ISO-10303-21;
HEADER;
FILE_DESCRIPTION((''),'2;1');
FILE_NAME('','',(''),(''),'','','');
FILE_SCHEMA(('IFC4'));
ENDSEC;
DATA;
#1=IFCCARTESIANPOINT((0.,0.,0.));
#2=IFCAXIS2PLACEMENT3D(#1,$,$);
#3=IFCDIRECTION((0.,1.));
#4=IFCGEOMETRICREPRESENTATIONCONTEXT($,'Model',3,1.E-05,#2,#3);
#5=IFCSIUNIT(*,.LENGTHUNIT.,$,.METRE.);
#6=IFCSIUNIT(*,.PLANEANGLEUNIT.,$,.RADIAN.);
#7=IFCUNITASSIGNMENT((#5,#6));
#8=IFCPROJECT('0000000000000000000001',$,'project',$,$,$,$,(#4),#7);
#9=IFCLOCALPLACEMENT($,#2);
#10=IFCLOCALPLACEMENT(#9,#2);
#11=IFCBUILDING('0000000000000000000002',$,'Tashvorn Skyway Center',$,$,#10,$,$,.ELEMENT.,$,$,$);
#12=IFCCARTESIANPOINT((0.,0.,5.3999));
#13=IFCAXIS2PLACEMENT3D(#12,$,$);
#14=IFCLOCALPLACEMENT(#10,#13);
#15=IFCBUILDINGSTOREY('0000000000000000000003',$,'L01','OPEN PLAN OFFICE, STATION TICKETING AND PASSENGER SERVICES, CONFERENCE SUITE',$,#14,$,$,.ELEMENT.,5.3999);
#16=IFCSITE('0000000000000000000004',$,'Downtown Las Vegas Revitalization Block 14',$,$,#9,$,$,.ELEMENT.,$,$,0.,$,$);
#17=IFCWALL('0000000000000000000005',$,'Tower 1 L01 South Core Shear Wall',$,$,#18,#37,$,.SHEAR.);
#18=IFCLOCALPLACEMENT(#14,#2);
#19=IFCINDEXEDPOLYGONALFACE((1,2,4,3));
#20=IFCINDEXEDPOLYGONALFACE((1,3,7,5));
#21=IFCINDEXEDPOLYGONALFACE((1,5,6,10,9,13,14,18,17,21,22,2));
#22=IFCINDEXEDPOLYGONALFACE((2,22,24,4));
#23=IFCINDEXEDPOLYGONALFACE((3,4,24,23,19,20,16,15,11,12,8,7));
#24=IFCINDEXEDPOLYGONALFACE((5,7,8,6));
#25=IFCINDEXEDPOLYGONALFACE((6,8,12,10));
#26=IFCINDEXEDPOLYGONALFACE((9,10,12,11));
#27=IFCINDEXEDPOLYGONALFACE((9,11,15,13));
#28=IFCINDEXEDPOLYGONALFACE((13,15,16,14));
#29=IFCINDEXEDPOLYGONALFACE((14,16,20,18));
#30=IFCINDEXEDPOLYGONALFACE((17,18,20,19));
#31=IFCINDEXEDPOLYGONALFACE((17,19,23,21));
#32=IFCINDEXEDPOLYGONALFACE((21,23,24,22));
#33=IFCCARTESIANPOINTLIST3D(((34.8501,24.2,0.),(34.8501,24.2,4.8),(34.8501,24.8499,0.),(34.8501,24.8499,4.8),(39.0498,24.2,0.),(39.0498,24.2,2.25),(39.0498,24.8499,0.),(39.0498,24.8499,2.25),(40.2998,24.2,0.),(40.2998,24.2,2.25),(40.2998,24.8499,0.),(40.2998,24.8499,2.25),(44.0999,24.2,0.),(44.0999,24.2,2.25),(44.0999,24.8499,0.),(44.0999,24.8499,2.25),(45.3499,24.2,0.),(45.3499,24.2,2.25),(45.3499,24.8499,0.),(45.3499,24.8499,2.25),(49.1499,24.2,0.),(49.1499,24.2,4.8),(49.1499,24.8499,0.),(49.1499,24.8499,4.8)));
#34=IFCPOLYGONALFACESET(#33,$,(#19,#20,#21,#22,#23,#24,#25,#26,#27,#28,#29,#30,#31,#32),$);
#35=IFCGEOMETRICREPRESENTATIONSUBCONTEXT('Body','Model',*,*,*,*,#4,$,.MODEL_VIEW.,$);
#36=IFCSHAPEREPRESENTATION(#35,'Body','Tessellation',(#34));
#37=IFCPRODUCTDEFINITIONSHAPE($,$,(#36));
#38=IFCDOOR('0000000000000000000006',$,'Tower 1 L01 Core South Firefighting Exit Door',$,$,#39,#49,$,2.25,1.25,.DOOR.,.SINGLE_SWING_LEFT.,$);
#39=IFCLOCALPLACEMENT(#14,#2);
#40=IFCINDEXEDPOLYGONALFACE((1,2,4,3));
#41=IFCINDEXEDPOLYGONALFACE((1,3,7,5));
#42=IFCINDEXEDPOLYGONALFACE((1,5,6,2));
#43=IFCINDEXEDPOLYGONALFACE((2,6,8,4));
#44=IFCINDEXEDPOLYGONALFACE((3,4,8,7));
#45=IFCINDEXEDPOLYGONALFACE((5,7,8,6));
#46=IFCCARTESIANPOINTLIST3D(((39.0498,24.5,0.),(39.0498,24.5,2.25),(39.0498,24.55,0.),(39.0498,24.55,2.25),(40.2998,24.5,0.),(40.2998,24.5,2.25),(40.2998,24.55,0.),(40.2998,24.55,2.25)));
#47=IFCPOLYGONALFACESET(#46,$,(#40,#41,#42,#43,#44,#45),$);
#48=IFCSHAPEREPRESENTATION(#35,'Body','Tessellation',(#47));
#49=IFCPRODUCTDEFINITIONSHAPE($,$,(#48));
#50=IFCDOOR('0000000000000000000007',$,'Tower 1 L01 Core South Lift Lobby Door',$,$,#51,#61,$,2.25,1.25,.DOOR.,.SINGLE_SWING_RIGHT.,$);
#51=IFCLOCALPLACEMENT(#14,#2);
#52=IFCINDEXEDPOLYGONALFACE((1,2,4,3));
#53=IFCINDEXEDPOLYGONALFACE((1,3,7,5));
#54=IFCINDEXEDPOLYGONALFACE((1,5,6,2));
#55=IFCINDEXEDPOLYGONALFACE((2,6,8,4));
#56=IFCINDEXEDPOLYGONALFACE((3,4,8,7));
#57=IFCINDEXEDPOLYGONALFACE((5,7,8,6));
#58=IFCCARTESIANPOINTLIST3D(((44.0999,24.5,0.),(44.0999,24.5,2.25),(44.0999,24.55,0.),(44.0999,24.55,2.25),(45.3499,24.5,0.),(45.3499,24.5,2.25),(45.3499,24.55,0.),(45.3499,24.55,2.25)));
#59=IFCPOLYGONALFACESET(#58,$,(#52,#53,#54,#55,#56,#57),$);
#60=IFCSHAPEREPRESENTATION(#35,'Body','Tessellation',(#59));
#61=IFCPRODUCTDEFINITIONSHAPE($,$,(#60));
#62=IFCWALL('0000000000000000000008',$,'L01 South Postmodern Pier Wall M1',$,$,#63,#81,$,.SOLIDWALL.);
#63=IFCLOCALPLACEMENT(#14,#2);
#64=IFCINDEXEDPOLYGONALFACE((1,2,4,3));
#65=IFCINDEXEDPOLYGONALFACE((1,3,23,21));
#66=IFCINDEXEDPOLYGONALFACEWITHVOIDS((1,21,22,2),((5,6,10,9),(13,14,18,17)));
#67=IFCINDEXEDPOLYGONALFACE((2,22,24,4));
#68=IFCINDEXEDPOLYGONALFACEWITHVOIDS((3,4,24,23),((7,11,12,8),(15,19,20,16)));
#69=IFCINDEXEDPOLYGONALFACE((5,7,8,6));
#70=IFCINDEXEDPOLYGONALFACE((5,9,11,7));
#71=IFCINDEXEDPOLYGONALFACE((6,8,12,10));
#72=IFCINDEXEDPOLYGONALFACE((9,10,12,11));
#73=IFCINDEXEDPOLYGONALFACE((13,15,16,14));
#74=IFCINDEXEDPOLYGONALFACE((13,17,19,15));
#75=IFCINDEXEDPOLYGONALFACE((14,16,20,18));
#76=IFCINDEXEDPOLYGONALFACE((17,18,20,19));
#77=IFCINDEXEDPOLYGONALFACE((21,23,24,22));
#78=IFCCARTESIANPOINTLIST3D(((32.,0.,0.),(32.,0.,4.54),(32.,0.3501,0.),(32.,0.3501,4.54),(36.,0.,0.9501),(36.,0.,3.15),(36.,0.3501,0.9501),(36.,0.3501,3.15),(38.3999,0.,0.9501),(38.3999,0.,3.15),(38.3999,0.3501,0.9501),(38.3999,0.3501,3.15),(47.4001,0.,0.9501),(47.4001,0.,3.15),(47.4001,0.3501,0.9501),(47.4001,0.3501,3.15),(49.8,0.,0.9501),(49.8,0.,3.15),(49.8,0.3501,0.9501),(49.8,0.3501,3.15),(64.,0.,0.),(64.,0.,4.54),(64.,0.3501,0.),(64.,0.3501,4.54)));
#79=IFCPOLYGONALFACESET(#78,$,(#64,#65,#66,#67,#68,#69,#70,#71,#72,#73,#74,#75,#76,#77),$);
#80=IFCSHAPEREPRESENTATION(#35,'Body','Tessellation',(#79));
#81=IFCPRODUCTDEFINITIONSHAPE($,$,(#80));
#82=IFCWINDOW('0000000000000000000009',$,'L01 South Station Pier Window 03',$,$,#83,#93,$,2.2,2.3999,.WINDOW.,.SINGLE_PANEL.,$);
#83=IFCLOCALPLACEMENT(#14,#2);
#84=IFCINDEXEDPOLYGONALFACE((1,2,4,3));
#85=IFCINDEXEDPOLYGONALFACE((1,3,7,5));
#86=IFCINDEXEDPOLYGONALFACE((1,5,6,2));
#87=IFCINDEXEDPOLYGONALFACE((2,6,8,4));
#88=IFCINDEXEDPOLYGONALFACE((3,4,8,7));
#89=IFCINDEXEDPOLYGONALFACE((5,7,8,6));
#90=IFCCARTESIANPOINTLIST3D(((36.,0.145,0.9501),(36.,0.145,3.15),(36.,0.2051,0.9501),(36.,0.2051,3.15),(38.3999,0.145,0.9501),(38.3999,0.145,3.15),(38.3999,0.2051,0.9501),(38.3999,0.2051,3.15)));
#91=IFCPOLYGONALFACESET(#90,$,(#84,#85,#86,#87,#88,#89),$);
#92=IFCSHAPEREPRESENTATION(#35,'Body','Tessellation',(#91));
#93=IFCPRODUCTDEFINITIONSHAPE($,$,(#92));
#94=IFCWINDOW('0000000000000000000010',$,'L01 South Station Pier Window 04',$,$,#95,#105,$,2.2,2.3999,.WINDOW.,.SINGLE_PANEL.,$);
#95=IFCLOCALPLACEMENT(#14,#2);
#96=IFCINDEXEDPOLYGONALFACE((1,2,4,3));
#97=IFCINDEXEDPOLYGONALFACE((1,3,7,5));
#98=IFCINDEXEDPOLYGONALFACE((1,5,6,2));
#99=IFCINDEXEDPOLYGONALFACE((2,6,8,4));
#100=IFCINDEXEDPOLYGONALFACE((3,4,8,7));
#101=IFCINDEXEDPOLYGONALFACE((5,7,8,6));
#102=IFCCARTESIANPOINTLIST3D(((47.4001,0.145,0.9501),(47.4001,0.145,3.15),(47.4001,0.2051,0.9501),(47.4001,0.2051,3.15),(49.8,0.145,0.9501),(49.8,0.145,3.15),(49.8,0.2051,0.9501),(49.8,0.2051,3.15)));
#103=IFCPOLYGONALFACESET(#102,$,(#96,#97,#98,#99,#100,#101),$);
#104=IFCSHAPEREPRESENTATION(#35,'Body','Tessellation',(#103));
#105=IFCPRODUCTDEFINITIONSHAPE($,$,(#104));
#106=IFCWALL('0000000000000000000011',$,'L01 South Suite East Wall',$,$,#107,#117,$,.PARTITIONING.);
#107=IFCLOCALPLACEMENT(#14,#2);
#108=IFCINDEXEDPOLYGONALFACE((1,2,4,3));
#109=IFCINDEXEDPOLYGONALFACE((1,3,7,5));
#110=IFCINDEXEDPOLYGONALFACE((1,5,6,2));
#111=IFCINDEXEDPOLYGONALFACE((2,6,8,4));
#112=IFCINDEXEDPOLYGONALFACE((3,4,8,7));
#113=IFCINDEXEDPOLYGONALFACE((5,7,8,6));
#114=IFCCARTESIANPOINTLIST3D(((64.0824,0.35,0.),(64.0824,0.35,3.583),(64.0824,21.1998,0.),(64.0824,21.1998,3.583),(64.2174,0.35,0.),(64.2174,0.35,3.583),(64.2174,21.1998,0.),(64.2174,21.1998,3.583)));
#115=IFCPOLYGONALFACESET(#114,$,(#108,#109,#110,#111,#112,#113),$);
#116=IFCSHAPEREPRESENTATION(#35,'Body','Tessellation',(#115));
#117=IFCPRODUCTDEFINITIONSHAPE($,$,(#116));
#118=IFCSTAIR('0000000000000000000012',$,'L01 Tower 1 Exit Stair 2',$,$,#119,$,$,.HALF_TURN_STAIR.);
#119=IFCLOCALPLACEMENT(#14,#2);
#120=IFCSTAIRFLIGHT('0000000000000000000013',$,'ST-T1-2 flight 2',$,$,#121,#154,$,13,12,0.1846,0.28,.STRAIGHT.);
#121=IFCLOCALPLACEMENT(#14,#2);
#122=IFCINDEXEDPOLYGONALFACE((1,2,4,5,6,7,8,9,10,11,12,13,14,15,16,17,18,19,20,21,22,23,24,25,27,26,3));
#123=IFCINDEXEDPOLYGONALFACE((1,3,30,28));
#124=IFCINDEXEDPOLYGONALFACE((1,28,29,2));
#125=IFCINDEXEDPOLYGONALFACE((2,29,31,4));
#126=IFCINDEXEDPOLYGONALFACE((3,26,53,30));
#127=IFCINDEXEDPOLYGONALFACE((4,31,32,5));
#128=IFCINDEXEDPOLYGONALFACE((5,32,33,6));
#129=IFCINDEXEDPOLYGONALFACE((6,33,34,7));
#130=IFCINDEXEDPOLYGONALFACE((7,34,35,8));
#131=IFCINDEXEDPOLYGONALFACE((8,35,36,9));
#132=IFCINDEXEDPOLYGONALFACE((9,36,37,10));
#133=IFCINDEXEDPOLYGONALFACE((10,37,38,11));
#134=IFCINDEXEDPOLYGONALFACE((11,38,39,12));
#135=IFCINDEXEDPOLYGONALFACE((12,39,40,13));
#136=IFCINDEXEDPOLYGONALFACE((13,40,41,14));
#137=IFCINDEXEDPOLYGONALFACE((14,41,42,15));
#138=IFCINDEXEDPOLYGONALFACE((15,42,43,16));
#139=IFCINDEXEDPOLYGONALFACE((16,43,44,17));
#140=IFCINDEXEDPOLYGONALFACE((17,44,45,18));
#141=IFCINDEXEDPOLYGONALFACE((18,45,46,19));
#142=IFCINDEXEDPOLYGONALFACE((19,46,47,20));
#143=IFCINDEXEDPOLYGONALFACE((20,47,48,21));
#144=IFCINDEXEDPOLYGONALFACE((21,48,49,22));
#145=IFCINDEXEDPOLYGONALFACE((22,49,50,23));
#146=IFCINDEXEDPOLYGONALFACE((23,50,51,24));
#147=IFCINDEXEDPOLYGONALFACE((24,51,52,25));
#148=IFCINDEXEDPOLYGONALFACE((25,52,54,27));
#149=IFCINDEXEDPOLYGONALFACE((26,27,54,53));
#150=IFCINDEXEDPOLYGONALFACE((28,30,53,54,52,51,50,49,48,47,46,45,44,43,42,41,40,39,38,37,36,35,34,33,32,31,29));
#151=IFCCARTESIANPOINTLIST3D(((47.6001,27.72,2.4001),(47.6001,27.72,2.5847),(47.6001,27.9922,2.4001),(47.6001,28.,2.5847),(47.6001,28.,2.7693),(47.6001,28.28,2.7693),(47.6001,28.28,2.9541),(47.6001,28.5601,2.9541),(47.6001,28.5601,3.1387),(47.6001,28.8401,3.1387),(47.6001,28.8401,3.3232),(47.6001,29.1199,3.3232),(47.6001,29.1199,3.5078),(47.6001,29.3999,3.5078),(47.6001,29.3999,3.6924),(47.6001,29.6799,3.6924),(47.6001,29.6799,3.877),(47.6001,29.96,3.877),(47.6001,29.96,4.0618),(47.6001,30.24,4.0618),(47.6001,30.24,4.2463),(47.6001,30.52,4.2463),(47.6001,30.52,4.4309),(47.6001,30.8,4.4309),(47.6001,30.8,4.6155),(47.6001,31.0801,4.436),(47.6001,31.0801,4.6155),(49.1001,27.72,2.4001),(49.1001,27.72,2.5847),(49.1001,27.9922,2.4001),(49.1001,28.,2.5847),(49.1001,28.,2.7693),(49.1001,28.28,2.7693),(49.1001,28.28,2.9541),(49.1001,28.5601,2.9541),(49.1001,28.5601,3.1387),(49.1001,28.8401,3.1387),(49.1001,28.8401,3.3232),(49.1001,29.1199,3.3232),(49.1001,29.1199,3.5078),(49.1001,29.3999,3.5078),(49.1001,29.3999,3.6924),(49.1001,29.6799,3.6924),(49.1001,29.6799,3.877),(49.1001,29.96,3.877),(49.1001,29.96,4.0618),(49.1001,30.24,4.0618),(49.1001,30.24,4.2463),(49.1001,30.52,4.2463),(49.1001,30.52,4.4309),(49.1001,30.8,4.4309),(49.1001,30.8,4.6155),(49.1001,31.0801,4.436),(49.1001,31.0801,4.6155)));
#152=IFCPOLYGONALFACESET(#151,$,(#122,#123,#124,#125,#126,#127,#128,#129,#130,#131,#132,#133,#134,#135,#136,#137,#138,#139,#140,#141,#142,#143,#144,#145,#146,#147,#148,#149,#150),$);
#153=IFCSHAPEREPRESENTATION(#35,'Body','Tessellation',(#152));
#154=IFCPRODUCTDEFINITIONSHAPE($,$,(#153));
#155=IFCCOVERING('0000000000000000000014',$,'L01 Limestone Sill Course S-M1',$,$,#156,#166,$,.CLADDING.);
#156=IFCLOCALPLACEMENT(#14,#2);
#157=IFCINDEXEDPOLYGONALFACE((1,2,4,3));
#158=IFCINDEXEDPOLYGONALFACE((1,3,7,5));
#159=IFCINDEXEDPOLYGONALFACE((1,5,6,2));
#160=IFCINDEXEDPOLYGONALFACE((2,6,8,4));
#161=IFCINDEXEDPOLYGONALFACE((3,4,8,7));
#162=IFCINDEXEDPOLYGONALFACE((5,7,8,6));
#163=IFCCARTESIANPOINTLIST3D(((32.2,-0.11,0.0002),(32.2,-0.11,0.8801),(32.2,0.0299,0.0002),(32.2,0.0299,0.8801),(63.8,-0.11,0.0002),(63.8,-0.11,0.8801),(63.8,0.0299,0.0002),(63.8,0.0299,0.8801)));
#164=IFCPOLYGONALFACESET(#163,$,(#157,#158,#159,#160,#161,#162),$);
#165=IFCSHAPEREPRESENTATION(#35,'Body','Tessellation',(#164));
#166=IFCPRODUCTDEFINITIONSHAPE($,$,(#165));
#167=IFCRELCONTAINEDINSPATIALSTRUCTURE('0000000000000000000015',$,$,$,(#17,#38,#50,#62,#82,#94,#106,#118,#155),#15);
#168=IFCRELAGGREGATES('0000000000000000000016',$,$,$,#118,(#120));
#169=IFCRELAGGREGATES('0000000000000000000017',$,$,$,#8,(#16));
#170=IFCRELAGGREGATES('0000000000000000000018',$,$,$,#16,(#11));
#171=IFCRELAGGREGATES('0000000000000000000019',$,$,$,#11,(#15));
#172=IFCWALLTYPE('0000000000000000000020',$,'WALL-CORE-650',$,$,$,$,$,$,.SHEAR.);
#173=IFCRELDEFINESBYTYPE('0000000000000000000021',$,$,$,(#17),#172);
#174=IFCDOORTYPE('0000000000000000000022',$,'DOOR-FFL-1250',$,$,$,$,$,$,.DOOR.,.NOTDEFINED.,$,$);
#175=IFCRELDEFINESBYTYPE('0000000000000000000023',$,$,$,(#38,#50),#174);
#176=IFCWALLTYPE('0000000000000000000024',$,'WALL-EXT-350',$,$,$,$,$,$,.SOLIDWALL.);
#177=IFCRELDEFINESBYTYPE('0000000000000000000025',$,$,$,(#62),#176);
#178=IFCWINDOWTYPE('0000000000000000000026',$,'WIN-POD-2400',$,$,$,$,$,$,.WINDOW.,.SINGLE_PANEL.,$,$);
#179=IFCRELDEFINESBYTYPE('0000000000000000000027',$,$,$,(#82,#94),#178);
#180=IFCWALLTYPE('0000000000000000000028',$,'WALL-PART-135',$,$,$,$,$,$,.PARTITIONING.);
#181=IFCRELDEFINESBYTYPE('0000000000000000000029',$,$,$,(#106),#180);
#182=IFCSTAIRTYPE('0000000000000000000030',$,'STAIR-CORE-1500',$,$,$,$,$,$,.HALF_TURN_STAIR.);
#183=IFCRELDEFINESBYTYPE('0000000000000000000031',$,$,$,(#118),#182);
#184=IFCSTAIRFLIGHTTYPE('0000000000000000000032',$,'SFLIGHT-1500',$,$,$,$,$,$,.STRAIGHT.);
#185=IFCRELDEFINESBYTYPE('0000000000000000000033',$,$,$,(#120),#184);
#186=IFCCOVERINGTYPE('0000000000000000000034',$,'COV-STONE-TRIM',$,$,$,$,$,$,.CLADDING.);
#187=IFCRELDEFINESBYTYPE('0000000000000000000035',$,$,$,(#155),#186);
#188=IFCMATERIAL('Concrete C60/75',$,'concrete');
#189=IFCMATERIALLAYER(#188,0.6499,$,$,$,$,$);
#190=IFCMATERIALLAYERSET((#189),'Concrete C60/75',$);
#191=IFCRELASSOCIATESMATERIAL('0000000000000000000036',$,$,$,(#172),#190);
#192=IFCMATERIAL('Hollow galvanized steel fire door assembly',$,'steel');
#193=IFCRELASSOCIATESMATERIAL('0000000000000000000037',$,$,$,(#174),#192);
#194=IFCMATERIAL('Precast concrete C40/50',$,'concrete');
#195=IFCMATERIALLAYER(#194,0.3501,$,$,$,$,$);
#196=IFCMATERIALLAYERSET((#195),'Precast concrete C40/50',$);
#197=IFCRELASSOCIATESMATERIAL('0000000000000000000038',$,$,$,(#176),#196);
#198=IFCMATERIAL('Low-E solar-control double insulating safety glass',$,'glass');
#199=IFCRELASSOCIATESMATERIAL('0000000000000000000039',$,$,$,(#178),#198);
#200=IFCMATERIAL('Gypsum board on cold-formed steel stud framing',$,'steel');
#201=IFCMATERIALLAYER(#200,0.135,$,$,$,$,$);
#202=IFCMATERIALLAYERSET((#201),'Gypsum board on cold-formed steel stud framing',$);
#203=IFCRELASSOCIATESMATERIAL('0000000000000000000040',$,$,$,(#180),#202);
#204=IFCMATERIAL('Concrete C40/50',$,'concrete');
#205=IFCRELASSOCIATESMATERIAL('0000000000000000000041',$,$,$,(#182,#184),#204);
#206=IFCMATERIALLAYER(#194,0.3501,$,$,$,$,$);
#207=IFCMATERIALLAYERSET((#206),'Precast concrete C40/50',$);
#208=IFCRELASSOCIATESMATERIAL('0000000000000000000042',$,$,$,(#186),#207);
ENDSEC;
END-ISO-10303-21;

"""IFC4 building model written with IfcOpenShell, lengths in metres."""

from ifc_helpers import new_model, si_unit, direction, frame, frame_2d, origin, origin_2d, place, context, subcontext, project, spatial, polyline, rectangle, outline, extrude, material, layer, layer_set, type_object, element, fill, aggregate, save


model = new_model("IFC4")

# Units and contexts
model_context = context("Model", 3, precision=1e-05, world=origin(), true_north=direction((0.0, 1.0)))
body_context = subcontext(model_context, "Body", "Model", "MODEL_VIEW")
ifc_project = project(units=[si_unit("LENGTHUNIT", "METRE"), si_unit("PLANEANGLEUNIT", "RADIAN")], contexts=[model_context])

# Site, building, storey
site_placement = place(None, origin())
site = spatial("IfcSite", under=ifc_project, at=site_placement, Name="Downtown Las Vegas Revitalization Block 14", CompositionType="ELEMENT", RefElevation=0.0)
building_placement = place(site_placement, origin())
building = spatial("IfcBuilding", under=site, at=building_placement, Name="Tashvorn Skyway Center", CompositionType="ELEMENT")
storey_placement = place(building_placement, frame((0.0, 0.0, 5.3999)))
storey = spatial("IfcBuildingStorey", under=building, at=storey_placement, Name="L01", Description="OPEN PLAN OFFICE, STATION TICKETING AND PASSENGER SERVICES, CONFERENCE SUITE", CompositionType="ELEMENT", Elevation=5.3999)

# Shared definitions
ifc_material_1 = material(Name="Precast concrete C40/50", Category="concrete")

# Wall, openings, doors
ifc_material_2 = material(Name="Concrete C60/75", Category="concrete")
ifc_layer_1 = layer(ifc_material_2, 0.6499)
ifc_layer_set_1 = layer_set([ifc_layer_1], Name="Concrete C60/75")
wall_type_1 = type_object("IfcWallType", Name="WALL-CORE-650", PredefinedType="SHEAR", material=ifc_layer_set_1)
wall_1_placement = place(storey_placement, frame((49.1499, 24.5249, 0.0), z_axis=(0.0, 0.0, 1.0), x_axis=(-1.0, 0.0, 0.0)))
wall_1 = element("IfcWall", 1, at=wall_1_placement, inside=storey, type_object=wall_type_1, Name="Tower 1 L01 South Core Shear Wall", PredefinedType="SHEAR", context=body_context, shape_type="SweptSolid", body=[
    extrude(rectangle(XDim=14.2998, YDim=0.6499, at=frame_2d((7.1499, 0.0))), origin(), (0.0, 0.0, 1.0), 4.8),
])
opening_1_placement = place(wall_1_placement, frame((8.8501, 0.0, 0.0)))
opening_1 = element("IfcOpeningElement", 2, at=opening_1_placement, cuts=wall_1, PredefinedType="OPENING", context=body_context, shape_type="SweptSolid", body=[
    extrude(rectangle(XDim=1.25, YDim=2.25, at=frame_2d((0.625, 1.125))), frame((0.0, 0.335, 0.0), z_axis=(0.0, -1.0, 0.0), x_axis=(1.0, 0.0, 0.0)), (0.0, 0.0, 1.0), 0.6699),
])
opening_2_placement = place(wall_1_placement, frame((3.8, 0.0, 0.0)))
opening_2 = element("IfcOpeningElement", 3, at=opening_2_placement, cuts=wall_1, PredefinedType="OPENING", context=body_context, shape_type="SweptSolid", body=[
    extrude(rectangle(XDim=1.25, YDim=2.25, at=frame_2d((0.625, 1.125))), frame((0.0, 0.335, 0.0), z_axis=(0.0, -1.0, 0.0), x_axis=(1.0, 0.0, 0.0)), (0.0, 0.0, 1.0), 0.6699),
])
ifc_material_3 = material(Name="Hollow galvanized steel fire door assembly", Category="steel")
door_type = type_object("IfcDoorType", Name="DOOR-FFL-1250", OperationType="NOTDEFINED", PredefinedType="DOOR", material=ifc_material_3)
door_1_placement = place(opening_1_placement, origin())
door_1 = element("IfcDoor", 4, at=door_1_placement, inside=storey, type_object=door_type, Name="Tower 1 L01 Core South Firefighting Exit Door", OperationType="SINGLE_SWING_LEFT", OverallHeight=2.25, OverallWidth=1.25, PredefinedType="DOOR", context=body_context, shape_type="SweptSolid", body=[
    extrude(rectangle(XDim=1.25, YDim=2.25, at=frame_2d((0.625, 1.125))), frame((0.0, 0.0249, 0.0), z_axis=(0.0, -1.0, 0.0), x_axis=(1.0, 0.0, 0.0)), (0.0, 0.0, 1.0), 0.05),
])
fill(opening_1, door_1)
door_2_placement = place(opening_2_placement, origin())
door_2 = element("IfcDoor", 5, at=door_2_placement, inside=storey, type_object=door_type, Name="Tower 1 L01 Core South Lift Lobby Door", OperationType="SINGLE_SWING_RIGHT", OverallHeight=2.25, OverallWidth=1.25, PredefinedType="DOOR", context=body_context, shape_type="SweptSolid", body=[
    extrude(rectangle(XDim=1.25, YDim=2.25, at=frame_2d((0.625, 1.125))), frame((0.0, 0.0249, 0.0), z_axis=(0.0, -1.0, 0.0), x_axis=(1.0, 0.0, 0.0)), (0.0, 0.0, 1.0), 0.05),
])
fill(opening_2, door_2)

# Wall, openings, windows
ifc_layer_2 = layer(ifc_material_1, 0.3501)
ifc_layer_set_2 = layer_set([ifc_layer_2], Name="Precast concrete C40/50")
wall_type_2 = type_object("IfcWallType", Name="WALL-EXT-350", PredefinedType="SOLIDWALL", material=ifc_layer_set_2)
wall_2_placement = place(storey_placement, frame((64.0, 0.175, 0.0), z_axis=(0.0, 0.0, 1.0), x_axis=(-1.0, 0.0, 0.0)))
wall_2 = element("IfcWall", 6, at=wall_2_placement, inside=storey, type_object=wall_type_2, Name="L01 South Postmodern Pier Wall M1", PredefinedType="SOLIDWALL", context=body_context, shape_type="SweptSolid", body=[
    extrude(rectangle(XDim=32.0, YDim=0.3501, at=frame_2d((16.0, 0.0))), origin(), (0.0, 0.0, 1.0), 4.54),
])
opening_3_placement = place(wall_2_placement, frame((25.6001, 0.0, 0.95)))
opening_3 = element("IfcOpeningElement", 7, at=opening_3_placement, cuts=wall_2, PredefinedType="OPENING", context=body_context, shape_type="SweptSolid", body=[
    extrude(rectangle(XDim=2.3999, YDim=2.2, at=frame_2d((1.2, 1.1001))), frame((0.0, 0.1851, 0.0), z_axis=(0.0, -1.0, 0.0), x_axis=(1.0, 0.0, 0.0)), (0.0, 0.0, 1.0), 0.3701),
])
opening_4_placement = place(wall_2_placement, frame((14.2, 0.0, 0.95)))
opening_4 = element("IfcOpeningElement", 8, at=opening_4_placement, cuts=wall_2, PredefinedType="OPENING", context=body_context, shape_type="SweptSolid", body=[
    extrude(rectangle(XDim=2.3999, YDim=2.2, at=frame_2d((1.2, 1.1001))), frame((0.0, 0.1851, 0.0), z_axis=(0.0, -1.0, 0.0), x_axis=(1.0, 0.0, 0.0)), (0.0, 0.0, 1.0), 0.3701),
])
ifc_material_4 = material(Name="Low-E solar-control double insulating safety glass", Category="glass")
window_type = type_object("IfcWindowType", Name="WIN-POD-2400", PartitioningType="SINGLE_PANEL", PredefinedType="WINDOW", material=ifc_material_4)
window_1_placement = place(opening_3_placement, origin())
window_1 = element("IfcWindow", 9, at=window_1_placement, inside=storey, type_object=window_type, Name="L01 South Station Pier Window 03", OverallHeight=2.2, OverallWidth=2.3999, PartitioningType="SINGLE_PANEL", PredefinedType="WINDOW", context=body_context, shape_type="SweptSolid", body=[
    extrude(rectangle(XDim=2.3999, YDim=2.2, at=frame_2d((1.2, 1.1001))), frame((0.0, 0.03, 0.0), z_axis=(0.0, -1.0, 0.0), x_axis=(1.0, 0.0, 0.0)), (0.0, 0.0, 1.0), 0.0601),
])
fill(opening_3, window_1)
window_2_placement = place(opening_4_placement, origin())
window_2 = element("IfcWindow", 10, at=window_2_placement, inside=storey, type_object=window_type, Name="L01 South Station Pier Window 04", OverallHeight=2.2, OverallWidth=2.3999, PartitioningType="SINGLE_PANEL", PredefinedType="WINDOW", context=body_context, shape_type="SweptSolid", body=[
    extrude(rectangle(XDim=2.3999, YDim=2.2, at=frame_2d((1.2, 1.1001))), frame((0.0, 0.03, 0.0), z_axis=(0.0, -1.0, 0.0), x_axis=(1.0, 0.0, 0.0)), (0.0, 0.0, 1.0), 0.0601),
])
fill(opening_4, window_2)

# Wall
ifc_material_5 = material(Name="Gypsum board on cold-formed steel stud framing", Category="steel")
ifc_layer_3 = layer(ifc_material_5, 0.135)
ifc_layer_set_3 = layer_set([ifc_layer_3], Name="Gypsum board on cold-formed steel stud framing")
wall_type_3 = type_object("IfcWallType", Name="WALL-PART-135", PredefinedType="PARTITIONING", material=ifc_layer_set_3)
wall_3_placement = place(storey_placement, frame((64.1499, 0.3501, 0.0), z_axis=(0.0, 0.0, 1.0), x_axis=(0.0, 1.0, 0.0)))
element("IfcWall", 11, at=wall_3_placement, inside=storey, type_object=wall_type_3, Name="L01 South Suite East Wall", PredefinedType="PARTITIONING", context=body_context, shape_type="SweptSolid", body=[
    extrude(rectangle(XDim=20.8499, YDim=0.135, at=frame_2d((10.4248, 0.0))), origin(), (0.0, 0.0, 1.0), 3.583),
])

# Stair, stair flight
ifc_material_6 = material(Name="Concrete C40/50", Category="concrete")
stair_type = type_object("IfcStairType", Name="STAIR-CORE-1500", PredefinedType="HALF_TURN_STAIR", material=ifc_material_6)
stair_placement = place(storey_placement, origin())
stair = element("IfcStair", 12, at=stair_placement, inside=storey, type_object=stair_type, Name="L01 Tower 1 Exit Stair 2", PredefinedType="HALF_TURN_STAIR")
stair_flight_type = type_object("IfcStairFlightType", Name="SFLIGHT-1500", PredefinedType="STRAIGHT", material=ifc_material_6)
stair_flight_placement = place(storey_placement, frame((48.3501, 27.72, 2.4001), z_axis=(0.0, 0.0, 1.0), x_axis=(0.0, 1.0, 0.0)))
stair_flight = element("IfcStairFlight", 13, at=stair_flight_placement, type_object=stair_flight_type, Name="ST-T1-2 flight 2", NumberOfRisers=13, NumberOfTreads=12, PredefinedType="STRAIGHT", RiserHeight=0.1846, TreadLength=0.28, context=body_context, shape_type="SweptSolid", body=[
    extrude(outline(polyline([(0.0, 0.0), (0.0, 0.1846), (0.28, 0.1846), (0.28, 0.3691), (0.5601, 0.3691), (0.5601, 0.554), (0.8401, 0.554), (0.8401, 0.7385), (1.1201, 0.7385), (1.1201, 0.9231), (1.3999, 0.9231), (1.3999, 1.1077), (1.6799, 1.1077), (1.6799, 1.2922), (1.96, 1.2922), (1.96, 1.4768), (2.24, 1.4768), (2.24, 1.6616), (2.52, 1.6616), (2.52, 1.8462), (2.8, 1.8462), (2.8, 2.0308), (3.0801, 2.0308), (3.0801, 2.2153), (3.3601, 2.2153), (3.3601, 2.3999), (3.3601, 2.0359), (0.2722, 0.0), (0.0, 0.0)])), frame((0.0, 0.75, 0.0), z_axis=(0.0, -1.0, 0.0), x_axis=(1.0, 0.0, 0.0)), (0.0, 0.0, 1.0), 1.5),
])
aggregate(stair, [stair_flight])

# Covering
ifc_layer_4 = layer(ifc_material_1, 0.3501)
ifc_layer_set_4 = layer_set([ifc_layer_4], Name="Precast concrete C40/50")
covering_type = type_object("IfcCoveringType", Name="COV-STONE-TRIM", PredefinedType="CLADDING", material=ifc_layer_set_4)
covering_1_placement = place(storey_placement, frame((48.0, -0.04, 0.0002), z_axis=(0.0, 0.0, 1.0), x_axis=(1.0, 0.0, 0.0)))
element("IfcCovering", 14, at=covering_1_placement, inside=storey, type_object=covering_type, Name="L01 Limestone Sill Course S-M1", PredefinedType="CLADDING", context=body_context, shape_type="SweptSolid", body=[
    extrude(rectangle(XDim=31.6001, YDim=0.1399, at=origin_2d()), origin(), (0.0, 0.0, 1.0), 0.8799),
])

save(model, "model.ifc")
